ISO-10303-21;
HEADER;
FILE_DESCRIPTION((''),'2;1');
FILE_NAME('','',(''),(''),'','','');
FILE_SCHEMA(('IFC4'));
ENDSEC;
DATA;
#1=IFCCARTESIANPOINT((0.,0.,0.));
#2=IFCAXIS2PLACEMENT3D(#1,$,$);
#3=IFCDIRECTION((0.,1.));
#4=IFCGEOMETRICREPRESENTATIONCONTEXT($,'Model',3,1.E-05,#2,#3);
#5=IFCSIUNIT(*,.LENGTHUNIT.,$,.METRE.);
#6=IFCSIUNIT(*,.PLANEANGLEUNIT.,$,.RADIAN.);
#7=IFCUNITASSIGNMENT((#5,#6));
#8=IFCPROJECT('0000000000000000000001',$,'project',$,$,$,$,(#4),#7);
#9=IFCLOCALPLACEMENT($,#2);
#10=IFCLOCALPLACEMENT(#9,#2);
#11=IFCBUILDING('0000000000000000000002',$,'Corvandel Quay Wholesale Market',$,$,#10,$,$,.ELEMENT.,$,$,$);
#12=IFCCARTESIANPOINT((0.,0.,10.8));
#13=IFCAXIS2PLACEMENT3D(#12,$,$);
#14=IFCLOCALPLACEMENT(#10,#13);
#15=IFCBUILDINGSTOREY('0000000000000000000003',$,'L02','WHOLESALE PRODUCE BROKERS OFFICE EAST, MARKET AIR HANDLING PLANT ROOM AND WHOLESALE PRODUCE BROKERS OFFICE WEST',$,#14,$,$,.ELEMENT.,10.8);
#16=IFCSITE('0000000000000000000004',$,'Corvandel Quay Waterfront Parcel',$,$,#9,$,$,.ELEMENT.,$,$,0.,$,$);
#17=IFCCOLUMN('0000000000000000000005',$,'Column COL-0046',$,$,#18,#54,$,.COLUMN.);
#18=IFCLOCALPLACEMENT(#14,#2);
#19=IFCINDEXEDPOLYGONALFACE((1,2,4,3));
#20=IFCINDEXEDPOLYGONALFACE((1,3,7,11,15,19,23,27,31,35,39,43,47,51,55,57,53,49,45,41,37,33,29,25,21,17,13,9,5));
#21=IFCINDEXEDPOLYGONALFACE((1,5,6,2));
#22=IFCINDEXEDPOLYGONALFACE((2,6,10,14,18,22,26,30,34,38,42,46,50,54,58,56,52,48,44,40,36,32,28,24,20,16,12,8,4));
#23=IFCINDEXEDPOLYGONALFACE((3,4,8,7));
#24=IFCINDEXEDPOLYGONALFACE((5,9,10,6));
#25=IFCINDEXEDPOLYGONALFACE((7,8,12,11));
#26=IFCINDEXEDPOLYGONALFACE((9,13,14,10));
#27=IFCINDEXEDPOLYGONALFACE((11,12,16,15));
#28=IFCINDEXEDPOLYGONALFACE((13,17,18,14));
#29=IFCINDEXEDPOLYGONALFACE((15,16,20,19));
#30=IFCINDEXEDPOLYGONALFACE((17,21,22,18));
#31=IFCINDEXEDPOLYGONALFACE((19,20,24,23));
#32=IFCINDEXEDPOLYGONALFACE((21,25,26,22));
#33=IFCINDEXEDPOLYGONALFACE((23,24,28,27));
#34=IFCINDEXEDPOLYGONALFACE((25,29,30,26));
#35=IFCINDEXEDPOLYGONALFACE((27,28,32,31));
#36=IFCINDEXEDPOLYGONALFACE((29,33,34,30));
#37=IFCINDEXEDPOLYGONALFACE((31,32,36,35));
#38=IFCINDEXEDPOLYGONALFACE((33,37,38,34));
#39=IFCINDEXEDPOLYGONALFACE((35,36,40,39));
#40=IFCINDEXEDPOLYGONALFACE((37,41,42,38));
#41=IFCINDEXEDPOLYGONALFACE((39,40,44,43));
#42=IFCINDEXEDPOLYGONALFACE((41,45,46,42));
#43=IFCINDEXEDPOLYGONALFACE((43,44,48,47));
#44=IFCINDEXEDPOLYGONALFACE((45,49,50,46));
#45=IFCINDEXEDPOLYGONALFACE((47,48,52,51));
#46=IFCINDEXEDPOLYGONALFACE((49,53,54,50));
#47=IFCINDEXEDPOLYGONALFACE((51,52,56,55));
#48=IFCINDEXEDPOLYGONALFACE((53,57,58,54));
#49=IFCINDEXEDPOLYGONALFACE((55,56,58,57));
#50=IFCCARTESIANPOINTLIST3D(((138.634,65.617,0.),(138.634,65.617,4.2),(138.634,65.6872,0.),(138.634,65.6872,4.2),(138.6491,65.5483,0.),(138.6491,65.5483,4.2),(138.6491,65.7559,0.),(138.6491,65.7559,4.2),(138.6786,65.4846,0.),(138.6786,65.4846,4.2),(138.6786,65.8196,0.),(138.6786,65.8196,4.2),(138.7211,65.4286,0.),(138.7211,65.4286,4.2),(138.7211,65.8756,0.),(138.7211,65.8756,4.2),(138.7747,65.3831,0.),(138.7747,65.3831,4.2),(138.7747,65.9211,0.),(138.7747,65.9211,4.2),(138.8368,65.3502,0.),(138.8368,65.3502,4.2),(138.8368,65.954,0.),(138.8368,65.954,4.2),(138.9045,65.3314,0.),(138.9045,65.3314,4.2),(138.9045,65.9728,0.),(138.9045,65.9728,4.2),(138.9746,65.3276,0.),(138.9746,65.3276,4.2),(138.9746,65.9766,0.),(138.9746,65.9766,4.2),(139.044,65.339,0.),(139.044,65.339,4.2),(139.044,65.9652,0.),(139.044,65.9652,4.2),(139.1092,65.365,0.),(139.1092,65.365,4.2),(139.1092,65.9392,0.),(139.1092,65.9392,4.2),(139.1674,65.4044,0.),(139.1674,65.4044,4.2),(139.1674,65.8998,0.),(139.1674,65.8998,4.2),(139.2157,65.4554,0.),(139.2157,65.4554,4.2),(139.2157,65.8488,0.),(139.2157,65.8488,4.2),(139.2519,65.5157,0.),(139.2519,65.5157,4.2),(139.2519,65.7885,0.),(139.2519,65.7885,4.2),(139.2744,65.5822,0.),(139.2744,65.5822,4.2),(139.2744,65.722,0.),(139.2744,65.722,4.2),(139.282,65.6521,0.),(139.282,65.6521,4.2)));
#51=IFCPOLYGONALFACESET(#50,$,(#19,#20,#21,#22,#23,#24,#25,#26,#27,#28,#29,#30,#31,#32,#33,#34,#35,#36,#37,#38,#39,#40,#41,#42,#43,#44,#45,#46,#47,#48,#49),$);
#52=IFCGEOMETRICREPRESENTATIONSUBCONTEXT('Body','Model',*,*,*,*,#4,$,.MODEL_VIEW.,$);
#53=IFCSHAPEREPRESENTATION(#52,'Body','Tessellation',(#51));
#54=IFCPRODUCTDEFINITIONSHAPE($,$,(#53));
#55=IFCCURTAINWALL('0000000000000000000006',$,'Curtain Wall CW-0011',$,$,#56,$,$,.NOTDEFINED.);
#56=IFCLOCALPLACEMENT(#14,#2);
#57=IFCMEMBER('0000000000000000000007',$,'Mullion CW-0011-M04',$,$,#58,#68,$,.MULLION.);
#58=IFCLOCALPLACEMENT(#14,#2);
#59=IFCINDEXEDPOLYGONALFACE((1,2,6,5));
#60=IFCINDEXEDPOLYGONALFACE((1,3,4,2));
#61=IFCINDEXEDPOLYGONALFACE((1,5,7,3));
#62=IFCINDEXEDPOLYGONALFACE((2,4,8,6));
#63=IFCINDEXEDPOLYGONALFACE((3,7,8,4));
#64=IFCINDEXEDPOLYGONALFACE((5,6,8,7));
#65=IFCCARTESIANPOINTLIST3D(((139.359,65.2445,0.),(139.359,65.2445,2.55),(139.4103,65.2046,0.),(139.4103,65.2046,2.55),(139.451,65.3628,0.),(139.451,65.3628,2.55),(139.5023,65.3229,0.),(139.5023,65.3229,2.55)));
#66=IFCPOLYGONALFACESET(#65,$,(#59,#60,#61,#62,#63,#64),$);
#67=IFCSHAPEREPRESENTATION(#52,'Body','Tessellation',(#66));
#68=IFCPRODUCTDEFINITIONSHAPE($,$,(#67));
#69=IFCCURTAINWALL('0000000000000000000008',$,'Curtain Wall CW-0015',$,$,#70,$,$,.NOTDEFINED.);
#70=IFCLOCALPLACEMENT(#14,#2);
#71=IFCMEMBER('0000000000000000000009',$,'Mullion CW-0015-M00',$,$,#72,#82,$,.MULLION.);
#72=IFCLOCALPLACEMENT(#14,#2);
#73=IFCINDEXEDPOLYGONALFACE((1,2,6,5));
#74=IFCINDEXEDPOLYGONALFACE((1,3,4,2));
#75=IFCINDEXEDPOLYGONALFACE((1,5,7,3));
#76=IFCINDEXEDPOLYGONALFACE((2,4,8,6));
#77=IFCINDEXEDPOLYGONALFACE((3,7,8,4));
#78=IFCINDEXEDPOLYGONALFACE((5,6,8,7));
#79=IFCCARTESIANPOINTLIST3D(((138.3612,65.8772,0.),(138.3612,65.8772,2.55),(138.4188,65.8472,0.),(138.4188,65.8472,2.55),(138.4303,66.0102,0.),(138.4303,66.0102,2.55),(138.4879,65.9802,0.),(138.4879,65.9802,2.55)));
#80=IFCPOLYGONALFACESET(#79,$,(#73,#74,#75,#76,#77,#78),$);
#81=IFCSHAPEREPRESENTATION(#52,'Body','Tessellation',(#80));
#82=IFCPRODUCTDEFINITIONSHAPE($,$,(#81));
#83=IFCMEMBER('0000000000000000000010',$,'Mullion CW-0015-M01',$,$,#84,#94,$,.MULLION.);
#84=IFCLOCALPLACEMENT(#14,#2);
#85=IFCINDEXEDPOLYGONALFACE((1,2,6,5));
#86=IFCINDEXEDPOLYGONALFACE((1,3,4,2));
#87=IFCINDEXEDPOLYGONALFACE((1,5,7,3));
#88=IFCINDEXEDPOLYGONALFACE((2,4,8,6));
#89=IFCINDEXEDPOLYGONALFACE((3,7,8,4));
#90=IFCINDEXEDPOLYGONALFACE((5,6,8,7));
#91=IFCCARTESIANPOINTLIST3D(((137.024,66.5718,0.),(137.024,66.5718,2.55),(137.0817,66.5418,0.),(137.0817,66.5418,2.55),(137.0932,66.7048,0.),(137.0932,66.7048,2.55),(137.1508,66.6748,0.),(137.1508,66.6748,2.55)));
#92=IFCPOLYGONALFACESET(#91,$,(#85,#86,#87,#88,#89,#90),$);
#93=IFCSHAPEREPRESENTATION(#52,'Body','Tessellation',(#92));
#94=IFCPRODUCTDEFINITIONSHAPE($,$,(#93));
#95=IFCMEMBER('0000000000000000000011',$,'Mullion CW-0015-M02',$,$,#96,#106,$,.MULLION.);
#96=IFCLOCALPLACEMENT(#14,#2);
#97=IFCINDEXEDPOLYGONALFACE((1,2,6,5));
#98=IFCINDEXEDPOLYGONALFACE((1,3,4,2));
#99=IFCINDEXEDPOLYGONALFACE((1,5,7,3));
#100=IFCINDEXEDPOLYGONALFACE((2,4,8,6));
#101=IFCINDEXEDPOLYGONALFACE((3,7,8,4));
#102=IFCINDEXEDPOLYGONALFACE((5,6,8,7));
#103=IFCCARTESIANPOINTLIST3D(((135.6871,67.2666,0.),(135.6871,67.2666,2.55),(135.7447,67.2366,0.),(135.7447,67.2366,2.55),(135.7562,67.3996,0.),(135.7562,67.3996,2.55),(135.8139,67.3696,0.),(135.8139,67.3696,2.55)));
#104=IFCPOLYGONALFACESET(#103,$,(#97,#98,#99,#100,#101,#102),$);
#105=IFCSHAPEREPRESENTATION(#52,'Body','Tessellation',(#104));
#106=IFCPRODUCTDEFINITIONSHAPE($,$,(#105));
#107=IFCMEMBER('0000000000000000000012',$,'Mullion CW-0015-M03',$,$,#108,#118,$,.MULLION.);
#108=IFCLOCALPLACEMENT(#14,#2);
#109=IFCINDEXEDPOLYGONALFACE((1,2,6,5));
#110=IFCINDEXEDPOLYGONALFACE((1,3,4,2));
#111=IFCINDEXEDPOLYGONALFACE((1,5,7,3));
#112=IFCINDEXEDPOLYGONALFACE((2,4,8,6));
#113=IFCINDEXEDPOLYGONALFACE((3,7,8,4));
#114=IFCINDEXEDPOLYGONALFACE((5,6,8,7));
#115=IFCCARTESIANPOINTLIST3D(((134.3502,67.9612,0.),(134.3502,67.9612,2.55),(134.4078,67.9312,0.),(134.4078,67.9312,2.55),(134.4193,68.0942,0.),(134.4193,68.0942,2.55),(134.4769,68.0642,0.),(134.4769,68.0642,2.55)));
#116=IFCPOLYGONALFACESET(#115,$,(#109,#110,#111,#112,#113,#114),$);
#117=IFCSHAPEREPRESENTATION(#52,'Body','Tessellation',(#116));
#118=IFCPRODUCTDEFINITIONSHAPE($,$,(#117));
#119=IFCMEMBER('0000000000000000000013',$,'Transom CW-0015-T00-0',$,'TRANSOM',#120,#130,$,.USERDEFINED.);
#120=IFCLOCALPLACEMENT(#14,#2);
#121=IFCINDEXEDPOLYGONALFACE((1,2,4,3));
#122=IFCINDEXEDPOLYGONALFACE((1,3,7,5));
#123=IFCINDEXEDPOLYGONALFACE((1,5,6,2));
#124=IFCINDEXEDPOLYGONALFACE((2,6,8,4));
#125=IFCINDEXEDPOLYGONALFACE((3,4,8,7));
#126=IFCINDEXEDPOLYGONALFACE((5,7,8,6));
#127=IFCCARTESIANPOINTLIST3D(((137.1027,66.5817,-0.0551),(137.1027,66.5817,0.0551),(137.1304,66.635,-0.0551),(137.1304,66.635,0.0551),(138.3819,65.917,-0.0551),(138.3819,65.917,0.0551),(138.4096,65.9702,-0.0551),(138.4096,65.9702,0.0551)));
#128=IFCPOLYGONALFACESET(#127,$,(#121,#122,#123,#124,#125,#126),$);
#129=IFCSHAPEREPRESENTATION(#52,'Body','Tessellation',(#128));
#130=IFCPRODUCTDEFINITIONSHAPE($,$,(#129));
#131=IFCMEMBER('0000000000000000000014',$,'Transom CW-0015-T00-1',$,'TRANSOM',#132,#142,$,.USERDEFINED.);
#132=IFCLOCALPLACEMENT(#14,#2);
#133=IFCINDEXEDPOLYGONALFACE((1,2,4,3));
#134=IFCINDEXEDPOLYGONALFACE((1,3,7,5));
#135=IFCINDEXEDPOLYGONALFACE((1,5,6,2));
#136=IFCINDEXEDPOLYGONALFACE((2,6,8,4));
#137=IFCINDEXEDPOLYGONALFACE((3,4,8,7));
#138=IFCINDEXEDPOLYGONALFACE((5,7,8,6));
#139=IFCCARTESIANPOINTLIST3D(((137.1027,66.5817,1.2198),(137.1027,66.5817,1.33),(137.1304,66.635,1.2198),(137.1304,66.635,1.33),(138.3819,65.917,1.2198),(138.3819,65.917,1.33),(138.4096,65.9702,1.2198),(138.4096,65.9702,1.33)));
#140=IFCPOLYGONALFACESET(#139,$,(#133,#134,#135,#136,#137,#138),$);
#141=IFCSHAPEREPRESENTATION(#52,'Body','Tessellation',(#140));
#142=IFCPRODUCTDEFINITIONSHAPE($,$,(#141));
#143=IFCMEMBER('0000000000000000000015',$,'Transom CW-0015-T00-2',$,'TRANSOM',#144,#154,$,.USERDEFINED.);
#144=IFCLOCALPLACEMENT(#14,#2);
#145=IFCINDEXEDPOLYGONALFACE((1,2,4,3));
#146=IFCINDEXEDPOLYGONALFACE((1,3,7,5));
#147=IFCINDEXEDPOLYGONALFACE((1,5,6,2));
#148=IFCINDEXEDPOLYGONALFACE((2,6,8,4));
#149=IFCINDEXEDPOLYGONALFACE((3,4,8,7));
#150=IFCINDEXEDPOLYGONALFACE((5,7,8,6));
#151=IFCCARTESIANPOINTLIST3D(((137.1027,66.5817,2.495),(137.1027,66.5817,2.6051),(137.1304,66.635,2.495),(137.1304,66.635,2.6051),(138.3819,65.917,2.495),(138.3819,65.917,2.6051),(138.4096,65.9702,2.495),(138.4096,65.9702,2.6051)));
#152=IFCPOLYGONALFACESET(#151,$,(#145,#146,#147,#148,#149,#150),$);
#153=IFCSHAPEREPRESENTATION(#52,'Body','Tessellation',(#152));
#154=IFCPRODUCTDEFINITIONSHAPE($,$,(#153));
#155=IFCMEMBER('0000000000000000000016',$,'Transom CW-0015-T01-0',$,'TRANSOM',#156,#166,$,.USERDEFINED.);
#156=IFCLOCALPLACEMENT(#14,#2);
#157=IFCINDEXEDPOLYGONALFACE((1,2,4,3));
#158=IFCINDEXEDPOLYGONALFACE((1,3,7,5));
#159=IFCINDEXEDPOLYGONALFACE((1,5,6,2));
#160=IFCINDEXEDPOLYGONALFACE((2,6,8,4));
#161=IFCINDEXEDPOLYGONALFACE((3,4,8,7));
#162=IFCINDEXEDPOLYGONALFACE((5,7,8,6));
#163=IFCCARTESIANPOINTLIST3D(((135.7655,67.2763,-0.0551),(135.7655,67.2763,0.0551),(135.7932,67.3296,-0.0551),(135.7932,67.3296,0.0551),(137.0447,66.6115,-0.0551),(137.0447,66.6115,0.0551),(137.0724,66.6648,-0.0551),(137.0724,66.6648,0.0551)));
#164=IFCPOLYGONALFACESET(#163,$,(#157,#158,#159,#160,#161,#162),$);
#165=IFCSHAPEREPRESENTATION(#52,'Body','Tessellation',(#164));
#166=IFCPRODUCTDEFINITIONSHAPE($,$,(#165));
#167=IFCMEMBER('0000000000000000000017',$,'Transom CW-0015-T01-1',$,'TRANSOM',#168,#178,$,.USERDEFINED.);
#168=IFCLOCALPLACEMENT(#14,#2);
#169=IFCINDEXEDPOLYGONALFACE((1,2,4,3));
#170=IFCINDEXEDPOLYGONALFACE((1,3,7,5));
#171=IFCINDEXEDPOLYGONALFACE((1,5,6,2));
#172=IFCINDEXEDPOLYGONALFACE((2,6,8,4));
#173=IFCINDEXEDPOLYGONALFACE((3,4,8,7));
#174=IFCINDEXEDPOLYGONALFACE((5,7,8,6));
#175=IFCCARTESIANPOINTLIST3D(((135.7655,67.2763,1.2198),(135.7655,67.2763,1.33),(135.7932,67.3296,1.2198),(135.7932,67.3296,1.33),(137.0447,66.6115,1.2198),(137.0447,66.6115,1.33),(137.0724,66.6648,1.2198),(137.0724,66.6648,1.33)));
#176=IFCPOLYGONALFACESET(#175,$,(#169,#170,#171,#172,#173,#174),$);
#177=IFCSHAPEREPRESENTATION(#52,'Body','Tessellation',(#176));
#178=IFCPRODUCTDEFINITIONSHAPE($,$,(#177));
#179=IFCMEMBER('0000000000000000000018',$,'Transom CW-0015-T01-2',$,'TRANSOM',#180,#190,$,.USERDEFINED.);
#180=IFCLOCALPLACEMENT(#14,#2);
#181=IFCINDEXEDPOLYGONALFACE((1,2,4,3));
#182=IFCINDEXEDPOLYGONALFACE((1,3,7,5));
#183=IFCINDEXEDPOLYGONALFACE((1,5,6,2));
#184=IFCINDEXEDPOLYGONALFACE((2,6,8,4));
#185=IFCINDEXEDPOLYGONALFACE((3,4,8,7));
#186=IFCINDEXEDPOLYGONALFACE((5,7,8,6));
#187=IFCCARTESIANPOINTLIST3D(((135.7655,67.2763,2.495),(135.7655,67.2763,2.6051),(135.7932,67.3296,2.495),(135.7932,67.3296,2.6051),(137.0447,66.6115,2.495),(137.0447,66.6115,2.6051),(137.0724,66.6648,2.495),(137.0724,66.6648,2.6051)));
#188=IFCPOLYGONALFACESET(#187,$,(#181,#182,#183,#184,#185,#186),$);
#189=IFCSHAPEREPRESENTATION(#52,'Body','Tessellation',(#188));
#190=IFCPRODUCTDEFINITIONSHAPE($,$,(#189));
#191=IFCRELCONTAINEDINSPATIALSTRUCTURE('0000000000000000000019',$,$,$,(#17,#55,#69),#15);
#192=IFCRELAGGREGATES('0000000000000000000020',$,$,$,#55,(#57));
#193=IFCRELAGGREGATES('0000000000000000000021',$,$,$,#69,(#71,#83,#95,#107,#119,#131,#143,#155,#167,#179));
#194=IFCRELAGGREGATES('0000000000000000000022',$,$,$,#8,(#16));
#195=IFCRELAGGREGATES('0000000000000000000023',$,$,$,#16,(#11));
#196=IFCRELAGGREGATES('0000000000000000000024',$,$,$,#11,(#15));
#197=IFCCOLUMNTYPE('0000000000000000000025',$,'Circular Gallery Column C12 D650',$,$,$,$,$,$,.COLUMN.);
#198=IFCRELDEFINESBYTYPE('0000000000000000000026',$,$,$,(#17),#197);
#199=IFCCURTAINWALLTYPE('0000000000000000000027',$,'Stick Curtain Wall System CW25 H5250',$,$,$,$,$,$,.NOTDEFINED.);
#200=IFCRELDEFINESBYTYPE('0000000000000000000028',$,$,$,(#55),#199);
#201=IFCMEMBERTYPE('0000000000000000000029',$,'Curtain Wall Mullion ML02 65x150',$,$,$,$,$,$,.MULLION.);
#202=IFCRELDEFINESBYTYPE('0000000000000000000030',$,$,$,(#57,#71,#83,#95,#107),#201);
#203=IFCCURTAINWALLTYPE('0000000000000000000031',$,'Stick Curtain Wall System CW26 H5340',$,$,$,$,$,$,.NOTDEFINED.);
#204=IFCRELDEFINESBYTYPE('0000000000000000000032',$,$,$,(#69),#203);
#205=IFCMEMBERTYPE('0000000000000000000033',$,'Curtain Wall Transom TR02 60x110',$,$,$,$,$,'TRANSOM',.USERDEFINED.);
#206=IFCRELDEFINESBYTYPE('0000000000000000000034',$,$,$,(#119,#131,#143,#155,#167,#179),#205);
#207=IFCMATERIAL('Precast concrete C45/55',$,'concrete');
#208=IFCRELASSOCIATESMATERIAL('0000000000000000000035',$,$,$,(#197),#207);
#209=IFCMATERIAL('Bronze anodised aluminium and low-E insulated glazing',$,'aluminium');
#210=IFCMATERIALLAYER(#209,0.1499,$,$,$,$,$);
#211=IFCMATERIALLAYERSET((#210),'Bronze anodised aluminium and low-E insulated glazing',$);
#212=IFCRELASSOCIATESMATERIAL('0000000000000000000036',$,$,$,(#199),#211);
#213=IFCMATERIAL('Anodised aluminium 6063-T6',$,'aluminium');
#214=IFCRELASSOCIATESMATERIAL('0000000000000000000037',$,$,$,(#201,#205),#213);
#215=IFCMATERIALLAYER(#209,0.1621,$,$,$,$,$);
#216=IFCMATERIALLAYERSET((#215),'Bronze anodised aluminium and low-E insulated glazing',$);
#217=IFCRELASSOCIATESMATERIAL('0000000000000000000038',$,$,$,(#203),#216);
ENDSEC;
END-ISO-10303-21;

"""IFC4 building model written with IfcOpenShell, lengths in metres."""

from ifc_helpers import new_model, si_unit, direction, frame, origin, origin_2d, place, context, subcontext, project, spatial, rectangle, circle, extrude, material, layer, layer_set, material_profile, profile_set, type_object, element, aggregate, save


model = new_model("IFC4")

# Units and contexts
model_context = context("Model", 3, precision=1e-05, world=origin(), true_north=direction((0.0, 1.0)))
body_context = subcontext(model_context, "Body", "Model", "MODEL_VIEW")
ifc_project = project(units=[si_unit("LENGTHUNIT", "METRE"), si_unit("PLANEANGLEUNIT", "RADIAN")], contexts=[model_context])

# Site, building, storey
site_placement = place(None, origin())
site = spatial("IfcSite", under=ifc_project, at=site_placement, Name="Corvandel Quay Waterfront Parcel", CompositionType="ELEMENT", RefElevation=0.0)
building_placement = place(site_placement, origin())
building = spatial("IfcBuilding", under=site, at=building_placement, Name="Corvandel Quay Wholesale Market", CompositionType="ELEMENT")
storey_placement = place(building_placement, frame((0.0, 0.0, 10.8)))
storey = spatial("IfcBuildingStorey", under=building, at=storey_placement, Name="L02", Description="WHOLESALE PRODUCE BROKERS OFFICE EAST, MARKET AIR HANDLING PLANT ROOM AND WHOLESALE PRODUCE BROKERS OFFICE WEST", CompositionType="ELEMENT", Elevation=10.8)

# Column
ifc_material_1 = material(Name="Precast concrete C45/55", Category="concrete")
ifc_material_profile_1 = material_profile(ifc_material_1, circle(Radius=0.325, at=origin_2d()), Name="PC-COL-D650")
ifc_profile_set_1 = profile_set([ifc_material_profile_1], Name="Precast concrete C45/55")
column_type = type_object("IfcColumnType", Name="Circular Gallery Column C12 D650", PredefinedType="COLUMN", material=ifc_profile_set_1)
column_placement = place(storey_placement, frame((138.957, 65.6521, 0.0), z_axis=(0.0, 0.0, 1.0), x_axis=(1.0, 0.0, 0.0)))
element("IfcColumn", 1, at=column_placement, inside=storey, type_object=column_type, Name="Column COL-0046", PredefinedType="COLUMN", context=body_context, shape_type="SweptSolid", body=[
    extrude(circle(Radius=0.325, at=origin_2d()), origin(), (0.0, 0.0, 1.0), 4.2),
])

# Curtain wall, member
ifc_material_2 = material(Name="Bronze anodised aluminium and low-E insulated glazing", Category="aluminium")
ifc_layer_1 = layer(ifc_material_2, 0.1499)
ifc_layer_set_1 = layer_set([ifc_layer_1], Name="Bronze anodised aluminium and low-E insulated glazing")
curtain_wall_type_1 = type_object("IfcCurtainWallType", Name="Stick Curtain Wall System CW25 H5250", PredefinedType="NOTDEFINED", material=ifc_layer_set_1)
curtain_wall_1_placement = place(storey_placement, origin())
curtain_wall_1 = element("IfcCurtainWall", 2, at=curtain_wall_1_placement, inside=storey, type_object=curtain_wall_type_1, Name="Curtain Wall CW-0011", PredefinedType="NOTDEFINED")
ifc_material_3 = material(Name="Anodised aluminium 6063-T6", Category="aluminium")
ifc_material_profile_2 = material_profile(ifc_material_3, rectangle(XDim=0.0649, YDim=0.1499, at=origin_2d()), Name="ALU-MUL-65x150")
ifc_profile_set_2 = profile_set([ifc_material_profile_2], Name="Anodised aluminium 6063-T6")
member_type_1 = type_object("IfcMemberType", Name="Curtain Wall Mullion ML02 65x150", PredefinedType="MULLION", material=ifc_profile_set_2)
member_1_placement = place(storey_placement, frame((139.4307, 65.2837, 0.0), z_axis=(0.0, 0.0, 1.0), x_axis=(-0.789406, 0.613872, 0.0)))
member_1 = element("IfcMember", 3, at=member_1_placement, type_object=member_type_1, Name="Mullion CW-0011-M04", PredefinedType="MULLION", context=body_context, shape_type="SweptSolid", body=[
    extrude(rectangle(XDim=0.0649, YDim=0.1499, at=origin_2d()), origin(), (0.0, 0.0, 1.0), 2.55),
])
aggregate(curtain_wall_1, [member_1])

# Curtain wall, members
ifc_layer_2 = layer(ifc_material_2, 0.1621)
ifc_layer_set_2 = layer_set([ifc_layer_2], Name="Bronze anodised aluminium and low-E insulated glazing")
curtain_wall_type_2 = type_object("IfcCurtainWallType", Name="Stick Curtain Wall System CW26 H5340", PredefinedType="NOTDEFINED", material=ifc_layer_set_2)
curtain_wall_2_placement = place(storey_placement, origin())
curtain_wall_2 = element("IfcCurtainWall", 4, at=curtain_wall_2_placement, inside=storey, type_object=curtain_wall_type_2, Name="Curtain Wall CW-0015", PredefinedType="NOTDEFINED")
member_2_placement = place(storey_placement, frame((138.4246, 65.9287, 0.0), z_axis=(0.0, 0.0, 1.0), x_axis=(-0.887333, 0.461129, 0.0)))
member_2 = element("IfcMember", 5, at=member_2_placement, type_object=member_type_1, Name="Mullion CW-0015-M00", PredefinedType="MULLION", context=body_context, shape_type="SweptSolid", body=[
    extrude(rectangle(XDim=0.0649, YDim=0.1499, at=origin_2d()), origin(), (0.0, 0.0, 1.0), 2.55),
])
member_3_placement = place(storey_placement, frame((137.0874, 66.6233, 0.0), z_axis=(0.0, 0.0, 1.0), x_axis=(-0.887333, 0.461129, 0.0)))
member_3 = element("IfcMember", 6, at=member_3_placement, type_object=member_type_1, Name="Mullion CW-0015-M01", PredefinedType="MULLION", context=body_context, shape_type="SweptSolid", body=[
    extrude(rectangle(XDim=0.0649, YDim=0.1499, at=origin_2d()), origin(), (0.0, 0.0, 1.0), 2.55),
])
member_4_placement = place(storey_placement, frame((135.7505, 67.3181, 0.0), z_axis=(0.0, 0.0, 1.0), x_axis=(-0.887333, 0.461129, 0.0)))
member_4 = element("IfcMember", 7, at=member_4_placement, type_object=member_type_1, Name="Mullion CW-0015-M02", PredefinedType="MULLION", context=body_context, shape_type="SweptSolid", body=[
    extrude(rectangle(XDim=0.0649, YDim=0.1499, at=origin_2d()), origin(), (0.0, 0.0, 1.0), 2.55),
])
member_5_placement = place(storey_placement, frame((134.4136, 68.0127, 0.0), z_axis=(0.0, 0.0, 1.0), x_axis=(-0.887333, 0.461129, 0.0)))
member_5 = element("IfcMember", 8, at=member_5_placement, type_object=member_type_1, Name="Mullion CW-0015-M03", PredefinedType="MULLION", context=body_context, shape_type="SweptSolid", body=[
    extrude(rectangle(XDim=0.0649, YDim=0.1499, at=origin_2d()), origin(), (0.0, 0.0, 1.0), 2.55),
])
ifc_material_profile_3 = material_profile(ifc_material_3, rectangle(XDim=0.0601, YDim=0.1101, at=origin_2d()), Name="ALU-TRN-60x110")
ifc_profile_set_3 = profile_set([ifc_material_profile_3], Name="Anodised aluminium 6063-T6")
member_type_2 = type_object("IfcMemberType", Name="Curtain Wall Transom TR02 60x110", ElementType="TRANSOM", PredefinedType="USERDEFINED", material=ifc_profile_set_3)
member_6_placement = place(storey_placement, frame((138.3958, 65.9436, 0.0), z_axis=(-0.887342, 0.461113, 0.0), x_axis=(-0.461113, -0.887342, 0.0)))
member_6 = element("IfcMember", 9, at=member_6_placement, type_object=member_type_2, Name="Transom CW-0015-T00-0", ObjectType="TRANSOM", PredefinedType="USERDEFINED", context=body_context, shape_type="SweptSolid", body=[
    extrude(rectangle(XDim=0.0601, YDim=0.1101, at=origin_2d()), origin(), (0.0, 0.0, 1.0), 1.4417),
])
member_7_placement = place(storey_placement, frame((138.3958, 65.9436, 1.2749), z_axis=(-0.887342, 0.461113, 0.0), x_axis=(-0.461113, -0.887342, 0.0)))
member_7 = element("IfcMember", 10, at=member_7_placement, type_object=member_type_2, Name="Transom CW-0015-T00-1", ObjectType="TRANSOM", PredefinedType="USERDEFINED", context=body_context, shape_type="SweptSolid", body=[
    extrude(rectangle(XDim=0.0601, YDim=0.1101, at=origin_2d()), origin(), (0.0, 0.0, 1.0), 1.4417),
])
member_8_placement = place(storey_placement, frame((138.3958, 65.9436, 2.55), z_axis=(-0.887342, 0.461113, 0.0), x_axis=(-0.461113, -0.887342, 0.0)))
member_8 = element("IfcMember", 11, at=member_8_placement, type_object=member_type_2, Name="Transom CW-0015-T00-2", ObjectType="TRANSOM", PredefinedType="USERDEFINED", context=body_context, shape_type="SweptSolid", body=[
    extrude(rectangle(XDim=0.0601, YDim=0.1101, at=origin_2d()), origin(), (0.0, 0.0, 1.0), 1.4417),
])
member_9_placement = place(storey_placement, frame((137.0586, 66.6382, 0.0), z_axis=(-0.887342, 0.461113, 0.0), x_axis=(-0.461113, -0.887342, 0.0)))
member_9 = element("IfcMember", 12, at=member_9_placement, type_object=member_type_2, Name="Transom CW-0015-T01-0", ObjectType="TRANSOM", PredefinedType="USERDEFINED", context=body_context, shape_type="SweptSolid", body=[
    extrude(rectangle(XDim=0.0601, YDim=0.1101, at=origin_2d()), origin(), (0.0, 0.0, 1.0), 1.4417),
])
member_10_placement = place(storey_placement, frame((137.0586, 66.6382, 1.2749), z_axis=(-0.887342, 0.461113, 0.0), x_axis=(-0.461113, -0.887342, 0.0)))
member_10 = element("IfcMember", 13, at=member_10_placement, type_object=member_type_2, Name="Transom CW-0015-T01-1", ObjectType="TRANSOM", PredefinedType="USERDEFINED", context=body_context, shape_type="SweptSolid", body=[
    extrude(rectangle(XDim=0.0601, YDim=0.1101, at=origin_2d()), origin(), (0.0, 0.0, 1.0), 1.4417),
])
member_11_placement = place(storey_placement, frame((137.0586, 66.6382, 2.55), z_axis=(-0.887342, 0.461113, 0.0), x_axis=(-0.461113, -0.887342, 0.0)))
member_11 = element("IfcMember", 14, at=member_11_placement, type_object=member_type_2, Name="Transom CW-0015-T01-2", ObjectType="TRANSOM", PredefinedType="USERDEFINED", context=body_context, shape_type="SweptSolid", body=[
    extrude(rectangle(XDim=0.0601, YDim=0.1101, at=origin_2d()), origin(), (0.0, 0.0, 1.0), 1.4417),
])

aggregate(curtain_wall_2, [member_2, member_3, member_4, member_5, member_6, member_7, member_8, member_9, member_10, member_11])

save(model, "model.ifc")
